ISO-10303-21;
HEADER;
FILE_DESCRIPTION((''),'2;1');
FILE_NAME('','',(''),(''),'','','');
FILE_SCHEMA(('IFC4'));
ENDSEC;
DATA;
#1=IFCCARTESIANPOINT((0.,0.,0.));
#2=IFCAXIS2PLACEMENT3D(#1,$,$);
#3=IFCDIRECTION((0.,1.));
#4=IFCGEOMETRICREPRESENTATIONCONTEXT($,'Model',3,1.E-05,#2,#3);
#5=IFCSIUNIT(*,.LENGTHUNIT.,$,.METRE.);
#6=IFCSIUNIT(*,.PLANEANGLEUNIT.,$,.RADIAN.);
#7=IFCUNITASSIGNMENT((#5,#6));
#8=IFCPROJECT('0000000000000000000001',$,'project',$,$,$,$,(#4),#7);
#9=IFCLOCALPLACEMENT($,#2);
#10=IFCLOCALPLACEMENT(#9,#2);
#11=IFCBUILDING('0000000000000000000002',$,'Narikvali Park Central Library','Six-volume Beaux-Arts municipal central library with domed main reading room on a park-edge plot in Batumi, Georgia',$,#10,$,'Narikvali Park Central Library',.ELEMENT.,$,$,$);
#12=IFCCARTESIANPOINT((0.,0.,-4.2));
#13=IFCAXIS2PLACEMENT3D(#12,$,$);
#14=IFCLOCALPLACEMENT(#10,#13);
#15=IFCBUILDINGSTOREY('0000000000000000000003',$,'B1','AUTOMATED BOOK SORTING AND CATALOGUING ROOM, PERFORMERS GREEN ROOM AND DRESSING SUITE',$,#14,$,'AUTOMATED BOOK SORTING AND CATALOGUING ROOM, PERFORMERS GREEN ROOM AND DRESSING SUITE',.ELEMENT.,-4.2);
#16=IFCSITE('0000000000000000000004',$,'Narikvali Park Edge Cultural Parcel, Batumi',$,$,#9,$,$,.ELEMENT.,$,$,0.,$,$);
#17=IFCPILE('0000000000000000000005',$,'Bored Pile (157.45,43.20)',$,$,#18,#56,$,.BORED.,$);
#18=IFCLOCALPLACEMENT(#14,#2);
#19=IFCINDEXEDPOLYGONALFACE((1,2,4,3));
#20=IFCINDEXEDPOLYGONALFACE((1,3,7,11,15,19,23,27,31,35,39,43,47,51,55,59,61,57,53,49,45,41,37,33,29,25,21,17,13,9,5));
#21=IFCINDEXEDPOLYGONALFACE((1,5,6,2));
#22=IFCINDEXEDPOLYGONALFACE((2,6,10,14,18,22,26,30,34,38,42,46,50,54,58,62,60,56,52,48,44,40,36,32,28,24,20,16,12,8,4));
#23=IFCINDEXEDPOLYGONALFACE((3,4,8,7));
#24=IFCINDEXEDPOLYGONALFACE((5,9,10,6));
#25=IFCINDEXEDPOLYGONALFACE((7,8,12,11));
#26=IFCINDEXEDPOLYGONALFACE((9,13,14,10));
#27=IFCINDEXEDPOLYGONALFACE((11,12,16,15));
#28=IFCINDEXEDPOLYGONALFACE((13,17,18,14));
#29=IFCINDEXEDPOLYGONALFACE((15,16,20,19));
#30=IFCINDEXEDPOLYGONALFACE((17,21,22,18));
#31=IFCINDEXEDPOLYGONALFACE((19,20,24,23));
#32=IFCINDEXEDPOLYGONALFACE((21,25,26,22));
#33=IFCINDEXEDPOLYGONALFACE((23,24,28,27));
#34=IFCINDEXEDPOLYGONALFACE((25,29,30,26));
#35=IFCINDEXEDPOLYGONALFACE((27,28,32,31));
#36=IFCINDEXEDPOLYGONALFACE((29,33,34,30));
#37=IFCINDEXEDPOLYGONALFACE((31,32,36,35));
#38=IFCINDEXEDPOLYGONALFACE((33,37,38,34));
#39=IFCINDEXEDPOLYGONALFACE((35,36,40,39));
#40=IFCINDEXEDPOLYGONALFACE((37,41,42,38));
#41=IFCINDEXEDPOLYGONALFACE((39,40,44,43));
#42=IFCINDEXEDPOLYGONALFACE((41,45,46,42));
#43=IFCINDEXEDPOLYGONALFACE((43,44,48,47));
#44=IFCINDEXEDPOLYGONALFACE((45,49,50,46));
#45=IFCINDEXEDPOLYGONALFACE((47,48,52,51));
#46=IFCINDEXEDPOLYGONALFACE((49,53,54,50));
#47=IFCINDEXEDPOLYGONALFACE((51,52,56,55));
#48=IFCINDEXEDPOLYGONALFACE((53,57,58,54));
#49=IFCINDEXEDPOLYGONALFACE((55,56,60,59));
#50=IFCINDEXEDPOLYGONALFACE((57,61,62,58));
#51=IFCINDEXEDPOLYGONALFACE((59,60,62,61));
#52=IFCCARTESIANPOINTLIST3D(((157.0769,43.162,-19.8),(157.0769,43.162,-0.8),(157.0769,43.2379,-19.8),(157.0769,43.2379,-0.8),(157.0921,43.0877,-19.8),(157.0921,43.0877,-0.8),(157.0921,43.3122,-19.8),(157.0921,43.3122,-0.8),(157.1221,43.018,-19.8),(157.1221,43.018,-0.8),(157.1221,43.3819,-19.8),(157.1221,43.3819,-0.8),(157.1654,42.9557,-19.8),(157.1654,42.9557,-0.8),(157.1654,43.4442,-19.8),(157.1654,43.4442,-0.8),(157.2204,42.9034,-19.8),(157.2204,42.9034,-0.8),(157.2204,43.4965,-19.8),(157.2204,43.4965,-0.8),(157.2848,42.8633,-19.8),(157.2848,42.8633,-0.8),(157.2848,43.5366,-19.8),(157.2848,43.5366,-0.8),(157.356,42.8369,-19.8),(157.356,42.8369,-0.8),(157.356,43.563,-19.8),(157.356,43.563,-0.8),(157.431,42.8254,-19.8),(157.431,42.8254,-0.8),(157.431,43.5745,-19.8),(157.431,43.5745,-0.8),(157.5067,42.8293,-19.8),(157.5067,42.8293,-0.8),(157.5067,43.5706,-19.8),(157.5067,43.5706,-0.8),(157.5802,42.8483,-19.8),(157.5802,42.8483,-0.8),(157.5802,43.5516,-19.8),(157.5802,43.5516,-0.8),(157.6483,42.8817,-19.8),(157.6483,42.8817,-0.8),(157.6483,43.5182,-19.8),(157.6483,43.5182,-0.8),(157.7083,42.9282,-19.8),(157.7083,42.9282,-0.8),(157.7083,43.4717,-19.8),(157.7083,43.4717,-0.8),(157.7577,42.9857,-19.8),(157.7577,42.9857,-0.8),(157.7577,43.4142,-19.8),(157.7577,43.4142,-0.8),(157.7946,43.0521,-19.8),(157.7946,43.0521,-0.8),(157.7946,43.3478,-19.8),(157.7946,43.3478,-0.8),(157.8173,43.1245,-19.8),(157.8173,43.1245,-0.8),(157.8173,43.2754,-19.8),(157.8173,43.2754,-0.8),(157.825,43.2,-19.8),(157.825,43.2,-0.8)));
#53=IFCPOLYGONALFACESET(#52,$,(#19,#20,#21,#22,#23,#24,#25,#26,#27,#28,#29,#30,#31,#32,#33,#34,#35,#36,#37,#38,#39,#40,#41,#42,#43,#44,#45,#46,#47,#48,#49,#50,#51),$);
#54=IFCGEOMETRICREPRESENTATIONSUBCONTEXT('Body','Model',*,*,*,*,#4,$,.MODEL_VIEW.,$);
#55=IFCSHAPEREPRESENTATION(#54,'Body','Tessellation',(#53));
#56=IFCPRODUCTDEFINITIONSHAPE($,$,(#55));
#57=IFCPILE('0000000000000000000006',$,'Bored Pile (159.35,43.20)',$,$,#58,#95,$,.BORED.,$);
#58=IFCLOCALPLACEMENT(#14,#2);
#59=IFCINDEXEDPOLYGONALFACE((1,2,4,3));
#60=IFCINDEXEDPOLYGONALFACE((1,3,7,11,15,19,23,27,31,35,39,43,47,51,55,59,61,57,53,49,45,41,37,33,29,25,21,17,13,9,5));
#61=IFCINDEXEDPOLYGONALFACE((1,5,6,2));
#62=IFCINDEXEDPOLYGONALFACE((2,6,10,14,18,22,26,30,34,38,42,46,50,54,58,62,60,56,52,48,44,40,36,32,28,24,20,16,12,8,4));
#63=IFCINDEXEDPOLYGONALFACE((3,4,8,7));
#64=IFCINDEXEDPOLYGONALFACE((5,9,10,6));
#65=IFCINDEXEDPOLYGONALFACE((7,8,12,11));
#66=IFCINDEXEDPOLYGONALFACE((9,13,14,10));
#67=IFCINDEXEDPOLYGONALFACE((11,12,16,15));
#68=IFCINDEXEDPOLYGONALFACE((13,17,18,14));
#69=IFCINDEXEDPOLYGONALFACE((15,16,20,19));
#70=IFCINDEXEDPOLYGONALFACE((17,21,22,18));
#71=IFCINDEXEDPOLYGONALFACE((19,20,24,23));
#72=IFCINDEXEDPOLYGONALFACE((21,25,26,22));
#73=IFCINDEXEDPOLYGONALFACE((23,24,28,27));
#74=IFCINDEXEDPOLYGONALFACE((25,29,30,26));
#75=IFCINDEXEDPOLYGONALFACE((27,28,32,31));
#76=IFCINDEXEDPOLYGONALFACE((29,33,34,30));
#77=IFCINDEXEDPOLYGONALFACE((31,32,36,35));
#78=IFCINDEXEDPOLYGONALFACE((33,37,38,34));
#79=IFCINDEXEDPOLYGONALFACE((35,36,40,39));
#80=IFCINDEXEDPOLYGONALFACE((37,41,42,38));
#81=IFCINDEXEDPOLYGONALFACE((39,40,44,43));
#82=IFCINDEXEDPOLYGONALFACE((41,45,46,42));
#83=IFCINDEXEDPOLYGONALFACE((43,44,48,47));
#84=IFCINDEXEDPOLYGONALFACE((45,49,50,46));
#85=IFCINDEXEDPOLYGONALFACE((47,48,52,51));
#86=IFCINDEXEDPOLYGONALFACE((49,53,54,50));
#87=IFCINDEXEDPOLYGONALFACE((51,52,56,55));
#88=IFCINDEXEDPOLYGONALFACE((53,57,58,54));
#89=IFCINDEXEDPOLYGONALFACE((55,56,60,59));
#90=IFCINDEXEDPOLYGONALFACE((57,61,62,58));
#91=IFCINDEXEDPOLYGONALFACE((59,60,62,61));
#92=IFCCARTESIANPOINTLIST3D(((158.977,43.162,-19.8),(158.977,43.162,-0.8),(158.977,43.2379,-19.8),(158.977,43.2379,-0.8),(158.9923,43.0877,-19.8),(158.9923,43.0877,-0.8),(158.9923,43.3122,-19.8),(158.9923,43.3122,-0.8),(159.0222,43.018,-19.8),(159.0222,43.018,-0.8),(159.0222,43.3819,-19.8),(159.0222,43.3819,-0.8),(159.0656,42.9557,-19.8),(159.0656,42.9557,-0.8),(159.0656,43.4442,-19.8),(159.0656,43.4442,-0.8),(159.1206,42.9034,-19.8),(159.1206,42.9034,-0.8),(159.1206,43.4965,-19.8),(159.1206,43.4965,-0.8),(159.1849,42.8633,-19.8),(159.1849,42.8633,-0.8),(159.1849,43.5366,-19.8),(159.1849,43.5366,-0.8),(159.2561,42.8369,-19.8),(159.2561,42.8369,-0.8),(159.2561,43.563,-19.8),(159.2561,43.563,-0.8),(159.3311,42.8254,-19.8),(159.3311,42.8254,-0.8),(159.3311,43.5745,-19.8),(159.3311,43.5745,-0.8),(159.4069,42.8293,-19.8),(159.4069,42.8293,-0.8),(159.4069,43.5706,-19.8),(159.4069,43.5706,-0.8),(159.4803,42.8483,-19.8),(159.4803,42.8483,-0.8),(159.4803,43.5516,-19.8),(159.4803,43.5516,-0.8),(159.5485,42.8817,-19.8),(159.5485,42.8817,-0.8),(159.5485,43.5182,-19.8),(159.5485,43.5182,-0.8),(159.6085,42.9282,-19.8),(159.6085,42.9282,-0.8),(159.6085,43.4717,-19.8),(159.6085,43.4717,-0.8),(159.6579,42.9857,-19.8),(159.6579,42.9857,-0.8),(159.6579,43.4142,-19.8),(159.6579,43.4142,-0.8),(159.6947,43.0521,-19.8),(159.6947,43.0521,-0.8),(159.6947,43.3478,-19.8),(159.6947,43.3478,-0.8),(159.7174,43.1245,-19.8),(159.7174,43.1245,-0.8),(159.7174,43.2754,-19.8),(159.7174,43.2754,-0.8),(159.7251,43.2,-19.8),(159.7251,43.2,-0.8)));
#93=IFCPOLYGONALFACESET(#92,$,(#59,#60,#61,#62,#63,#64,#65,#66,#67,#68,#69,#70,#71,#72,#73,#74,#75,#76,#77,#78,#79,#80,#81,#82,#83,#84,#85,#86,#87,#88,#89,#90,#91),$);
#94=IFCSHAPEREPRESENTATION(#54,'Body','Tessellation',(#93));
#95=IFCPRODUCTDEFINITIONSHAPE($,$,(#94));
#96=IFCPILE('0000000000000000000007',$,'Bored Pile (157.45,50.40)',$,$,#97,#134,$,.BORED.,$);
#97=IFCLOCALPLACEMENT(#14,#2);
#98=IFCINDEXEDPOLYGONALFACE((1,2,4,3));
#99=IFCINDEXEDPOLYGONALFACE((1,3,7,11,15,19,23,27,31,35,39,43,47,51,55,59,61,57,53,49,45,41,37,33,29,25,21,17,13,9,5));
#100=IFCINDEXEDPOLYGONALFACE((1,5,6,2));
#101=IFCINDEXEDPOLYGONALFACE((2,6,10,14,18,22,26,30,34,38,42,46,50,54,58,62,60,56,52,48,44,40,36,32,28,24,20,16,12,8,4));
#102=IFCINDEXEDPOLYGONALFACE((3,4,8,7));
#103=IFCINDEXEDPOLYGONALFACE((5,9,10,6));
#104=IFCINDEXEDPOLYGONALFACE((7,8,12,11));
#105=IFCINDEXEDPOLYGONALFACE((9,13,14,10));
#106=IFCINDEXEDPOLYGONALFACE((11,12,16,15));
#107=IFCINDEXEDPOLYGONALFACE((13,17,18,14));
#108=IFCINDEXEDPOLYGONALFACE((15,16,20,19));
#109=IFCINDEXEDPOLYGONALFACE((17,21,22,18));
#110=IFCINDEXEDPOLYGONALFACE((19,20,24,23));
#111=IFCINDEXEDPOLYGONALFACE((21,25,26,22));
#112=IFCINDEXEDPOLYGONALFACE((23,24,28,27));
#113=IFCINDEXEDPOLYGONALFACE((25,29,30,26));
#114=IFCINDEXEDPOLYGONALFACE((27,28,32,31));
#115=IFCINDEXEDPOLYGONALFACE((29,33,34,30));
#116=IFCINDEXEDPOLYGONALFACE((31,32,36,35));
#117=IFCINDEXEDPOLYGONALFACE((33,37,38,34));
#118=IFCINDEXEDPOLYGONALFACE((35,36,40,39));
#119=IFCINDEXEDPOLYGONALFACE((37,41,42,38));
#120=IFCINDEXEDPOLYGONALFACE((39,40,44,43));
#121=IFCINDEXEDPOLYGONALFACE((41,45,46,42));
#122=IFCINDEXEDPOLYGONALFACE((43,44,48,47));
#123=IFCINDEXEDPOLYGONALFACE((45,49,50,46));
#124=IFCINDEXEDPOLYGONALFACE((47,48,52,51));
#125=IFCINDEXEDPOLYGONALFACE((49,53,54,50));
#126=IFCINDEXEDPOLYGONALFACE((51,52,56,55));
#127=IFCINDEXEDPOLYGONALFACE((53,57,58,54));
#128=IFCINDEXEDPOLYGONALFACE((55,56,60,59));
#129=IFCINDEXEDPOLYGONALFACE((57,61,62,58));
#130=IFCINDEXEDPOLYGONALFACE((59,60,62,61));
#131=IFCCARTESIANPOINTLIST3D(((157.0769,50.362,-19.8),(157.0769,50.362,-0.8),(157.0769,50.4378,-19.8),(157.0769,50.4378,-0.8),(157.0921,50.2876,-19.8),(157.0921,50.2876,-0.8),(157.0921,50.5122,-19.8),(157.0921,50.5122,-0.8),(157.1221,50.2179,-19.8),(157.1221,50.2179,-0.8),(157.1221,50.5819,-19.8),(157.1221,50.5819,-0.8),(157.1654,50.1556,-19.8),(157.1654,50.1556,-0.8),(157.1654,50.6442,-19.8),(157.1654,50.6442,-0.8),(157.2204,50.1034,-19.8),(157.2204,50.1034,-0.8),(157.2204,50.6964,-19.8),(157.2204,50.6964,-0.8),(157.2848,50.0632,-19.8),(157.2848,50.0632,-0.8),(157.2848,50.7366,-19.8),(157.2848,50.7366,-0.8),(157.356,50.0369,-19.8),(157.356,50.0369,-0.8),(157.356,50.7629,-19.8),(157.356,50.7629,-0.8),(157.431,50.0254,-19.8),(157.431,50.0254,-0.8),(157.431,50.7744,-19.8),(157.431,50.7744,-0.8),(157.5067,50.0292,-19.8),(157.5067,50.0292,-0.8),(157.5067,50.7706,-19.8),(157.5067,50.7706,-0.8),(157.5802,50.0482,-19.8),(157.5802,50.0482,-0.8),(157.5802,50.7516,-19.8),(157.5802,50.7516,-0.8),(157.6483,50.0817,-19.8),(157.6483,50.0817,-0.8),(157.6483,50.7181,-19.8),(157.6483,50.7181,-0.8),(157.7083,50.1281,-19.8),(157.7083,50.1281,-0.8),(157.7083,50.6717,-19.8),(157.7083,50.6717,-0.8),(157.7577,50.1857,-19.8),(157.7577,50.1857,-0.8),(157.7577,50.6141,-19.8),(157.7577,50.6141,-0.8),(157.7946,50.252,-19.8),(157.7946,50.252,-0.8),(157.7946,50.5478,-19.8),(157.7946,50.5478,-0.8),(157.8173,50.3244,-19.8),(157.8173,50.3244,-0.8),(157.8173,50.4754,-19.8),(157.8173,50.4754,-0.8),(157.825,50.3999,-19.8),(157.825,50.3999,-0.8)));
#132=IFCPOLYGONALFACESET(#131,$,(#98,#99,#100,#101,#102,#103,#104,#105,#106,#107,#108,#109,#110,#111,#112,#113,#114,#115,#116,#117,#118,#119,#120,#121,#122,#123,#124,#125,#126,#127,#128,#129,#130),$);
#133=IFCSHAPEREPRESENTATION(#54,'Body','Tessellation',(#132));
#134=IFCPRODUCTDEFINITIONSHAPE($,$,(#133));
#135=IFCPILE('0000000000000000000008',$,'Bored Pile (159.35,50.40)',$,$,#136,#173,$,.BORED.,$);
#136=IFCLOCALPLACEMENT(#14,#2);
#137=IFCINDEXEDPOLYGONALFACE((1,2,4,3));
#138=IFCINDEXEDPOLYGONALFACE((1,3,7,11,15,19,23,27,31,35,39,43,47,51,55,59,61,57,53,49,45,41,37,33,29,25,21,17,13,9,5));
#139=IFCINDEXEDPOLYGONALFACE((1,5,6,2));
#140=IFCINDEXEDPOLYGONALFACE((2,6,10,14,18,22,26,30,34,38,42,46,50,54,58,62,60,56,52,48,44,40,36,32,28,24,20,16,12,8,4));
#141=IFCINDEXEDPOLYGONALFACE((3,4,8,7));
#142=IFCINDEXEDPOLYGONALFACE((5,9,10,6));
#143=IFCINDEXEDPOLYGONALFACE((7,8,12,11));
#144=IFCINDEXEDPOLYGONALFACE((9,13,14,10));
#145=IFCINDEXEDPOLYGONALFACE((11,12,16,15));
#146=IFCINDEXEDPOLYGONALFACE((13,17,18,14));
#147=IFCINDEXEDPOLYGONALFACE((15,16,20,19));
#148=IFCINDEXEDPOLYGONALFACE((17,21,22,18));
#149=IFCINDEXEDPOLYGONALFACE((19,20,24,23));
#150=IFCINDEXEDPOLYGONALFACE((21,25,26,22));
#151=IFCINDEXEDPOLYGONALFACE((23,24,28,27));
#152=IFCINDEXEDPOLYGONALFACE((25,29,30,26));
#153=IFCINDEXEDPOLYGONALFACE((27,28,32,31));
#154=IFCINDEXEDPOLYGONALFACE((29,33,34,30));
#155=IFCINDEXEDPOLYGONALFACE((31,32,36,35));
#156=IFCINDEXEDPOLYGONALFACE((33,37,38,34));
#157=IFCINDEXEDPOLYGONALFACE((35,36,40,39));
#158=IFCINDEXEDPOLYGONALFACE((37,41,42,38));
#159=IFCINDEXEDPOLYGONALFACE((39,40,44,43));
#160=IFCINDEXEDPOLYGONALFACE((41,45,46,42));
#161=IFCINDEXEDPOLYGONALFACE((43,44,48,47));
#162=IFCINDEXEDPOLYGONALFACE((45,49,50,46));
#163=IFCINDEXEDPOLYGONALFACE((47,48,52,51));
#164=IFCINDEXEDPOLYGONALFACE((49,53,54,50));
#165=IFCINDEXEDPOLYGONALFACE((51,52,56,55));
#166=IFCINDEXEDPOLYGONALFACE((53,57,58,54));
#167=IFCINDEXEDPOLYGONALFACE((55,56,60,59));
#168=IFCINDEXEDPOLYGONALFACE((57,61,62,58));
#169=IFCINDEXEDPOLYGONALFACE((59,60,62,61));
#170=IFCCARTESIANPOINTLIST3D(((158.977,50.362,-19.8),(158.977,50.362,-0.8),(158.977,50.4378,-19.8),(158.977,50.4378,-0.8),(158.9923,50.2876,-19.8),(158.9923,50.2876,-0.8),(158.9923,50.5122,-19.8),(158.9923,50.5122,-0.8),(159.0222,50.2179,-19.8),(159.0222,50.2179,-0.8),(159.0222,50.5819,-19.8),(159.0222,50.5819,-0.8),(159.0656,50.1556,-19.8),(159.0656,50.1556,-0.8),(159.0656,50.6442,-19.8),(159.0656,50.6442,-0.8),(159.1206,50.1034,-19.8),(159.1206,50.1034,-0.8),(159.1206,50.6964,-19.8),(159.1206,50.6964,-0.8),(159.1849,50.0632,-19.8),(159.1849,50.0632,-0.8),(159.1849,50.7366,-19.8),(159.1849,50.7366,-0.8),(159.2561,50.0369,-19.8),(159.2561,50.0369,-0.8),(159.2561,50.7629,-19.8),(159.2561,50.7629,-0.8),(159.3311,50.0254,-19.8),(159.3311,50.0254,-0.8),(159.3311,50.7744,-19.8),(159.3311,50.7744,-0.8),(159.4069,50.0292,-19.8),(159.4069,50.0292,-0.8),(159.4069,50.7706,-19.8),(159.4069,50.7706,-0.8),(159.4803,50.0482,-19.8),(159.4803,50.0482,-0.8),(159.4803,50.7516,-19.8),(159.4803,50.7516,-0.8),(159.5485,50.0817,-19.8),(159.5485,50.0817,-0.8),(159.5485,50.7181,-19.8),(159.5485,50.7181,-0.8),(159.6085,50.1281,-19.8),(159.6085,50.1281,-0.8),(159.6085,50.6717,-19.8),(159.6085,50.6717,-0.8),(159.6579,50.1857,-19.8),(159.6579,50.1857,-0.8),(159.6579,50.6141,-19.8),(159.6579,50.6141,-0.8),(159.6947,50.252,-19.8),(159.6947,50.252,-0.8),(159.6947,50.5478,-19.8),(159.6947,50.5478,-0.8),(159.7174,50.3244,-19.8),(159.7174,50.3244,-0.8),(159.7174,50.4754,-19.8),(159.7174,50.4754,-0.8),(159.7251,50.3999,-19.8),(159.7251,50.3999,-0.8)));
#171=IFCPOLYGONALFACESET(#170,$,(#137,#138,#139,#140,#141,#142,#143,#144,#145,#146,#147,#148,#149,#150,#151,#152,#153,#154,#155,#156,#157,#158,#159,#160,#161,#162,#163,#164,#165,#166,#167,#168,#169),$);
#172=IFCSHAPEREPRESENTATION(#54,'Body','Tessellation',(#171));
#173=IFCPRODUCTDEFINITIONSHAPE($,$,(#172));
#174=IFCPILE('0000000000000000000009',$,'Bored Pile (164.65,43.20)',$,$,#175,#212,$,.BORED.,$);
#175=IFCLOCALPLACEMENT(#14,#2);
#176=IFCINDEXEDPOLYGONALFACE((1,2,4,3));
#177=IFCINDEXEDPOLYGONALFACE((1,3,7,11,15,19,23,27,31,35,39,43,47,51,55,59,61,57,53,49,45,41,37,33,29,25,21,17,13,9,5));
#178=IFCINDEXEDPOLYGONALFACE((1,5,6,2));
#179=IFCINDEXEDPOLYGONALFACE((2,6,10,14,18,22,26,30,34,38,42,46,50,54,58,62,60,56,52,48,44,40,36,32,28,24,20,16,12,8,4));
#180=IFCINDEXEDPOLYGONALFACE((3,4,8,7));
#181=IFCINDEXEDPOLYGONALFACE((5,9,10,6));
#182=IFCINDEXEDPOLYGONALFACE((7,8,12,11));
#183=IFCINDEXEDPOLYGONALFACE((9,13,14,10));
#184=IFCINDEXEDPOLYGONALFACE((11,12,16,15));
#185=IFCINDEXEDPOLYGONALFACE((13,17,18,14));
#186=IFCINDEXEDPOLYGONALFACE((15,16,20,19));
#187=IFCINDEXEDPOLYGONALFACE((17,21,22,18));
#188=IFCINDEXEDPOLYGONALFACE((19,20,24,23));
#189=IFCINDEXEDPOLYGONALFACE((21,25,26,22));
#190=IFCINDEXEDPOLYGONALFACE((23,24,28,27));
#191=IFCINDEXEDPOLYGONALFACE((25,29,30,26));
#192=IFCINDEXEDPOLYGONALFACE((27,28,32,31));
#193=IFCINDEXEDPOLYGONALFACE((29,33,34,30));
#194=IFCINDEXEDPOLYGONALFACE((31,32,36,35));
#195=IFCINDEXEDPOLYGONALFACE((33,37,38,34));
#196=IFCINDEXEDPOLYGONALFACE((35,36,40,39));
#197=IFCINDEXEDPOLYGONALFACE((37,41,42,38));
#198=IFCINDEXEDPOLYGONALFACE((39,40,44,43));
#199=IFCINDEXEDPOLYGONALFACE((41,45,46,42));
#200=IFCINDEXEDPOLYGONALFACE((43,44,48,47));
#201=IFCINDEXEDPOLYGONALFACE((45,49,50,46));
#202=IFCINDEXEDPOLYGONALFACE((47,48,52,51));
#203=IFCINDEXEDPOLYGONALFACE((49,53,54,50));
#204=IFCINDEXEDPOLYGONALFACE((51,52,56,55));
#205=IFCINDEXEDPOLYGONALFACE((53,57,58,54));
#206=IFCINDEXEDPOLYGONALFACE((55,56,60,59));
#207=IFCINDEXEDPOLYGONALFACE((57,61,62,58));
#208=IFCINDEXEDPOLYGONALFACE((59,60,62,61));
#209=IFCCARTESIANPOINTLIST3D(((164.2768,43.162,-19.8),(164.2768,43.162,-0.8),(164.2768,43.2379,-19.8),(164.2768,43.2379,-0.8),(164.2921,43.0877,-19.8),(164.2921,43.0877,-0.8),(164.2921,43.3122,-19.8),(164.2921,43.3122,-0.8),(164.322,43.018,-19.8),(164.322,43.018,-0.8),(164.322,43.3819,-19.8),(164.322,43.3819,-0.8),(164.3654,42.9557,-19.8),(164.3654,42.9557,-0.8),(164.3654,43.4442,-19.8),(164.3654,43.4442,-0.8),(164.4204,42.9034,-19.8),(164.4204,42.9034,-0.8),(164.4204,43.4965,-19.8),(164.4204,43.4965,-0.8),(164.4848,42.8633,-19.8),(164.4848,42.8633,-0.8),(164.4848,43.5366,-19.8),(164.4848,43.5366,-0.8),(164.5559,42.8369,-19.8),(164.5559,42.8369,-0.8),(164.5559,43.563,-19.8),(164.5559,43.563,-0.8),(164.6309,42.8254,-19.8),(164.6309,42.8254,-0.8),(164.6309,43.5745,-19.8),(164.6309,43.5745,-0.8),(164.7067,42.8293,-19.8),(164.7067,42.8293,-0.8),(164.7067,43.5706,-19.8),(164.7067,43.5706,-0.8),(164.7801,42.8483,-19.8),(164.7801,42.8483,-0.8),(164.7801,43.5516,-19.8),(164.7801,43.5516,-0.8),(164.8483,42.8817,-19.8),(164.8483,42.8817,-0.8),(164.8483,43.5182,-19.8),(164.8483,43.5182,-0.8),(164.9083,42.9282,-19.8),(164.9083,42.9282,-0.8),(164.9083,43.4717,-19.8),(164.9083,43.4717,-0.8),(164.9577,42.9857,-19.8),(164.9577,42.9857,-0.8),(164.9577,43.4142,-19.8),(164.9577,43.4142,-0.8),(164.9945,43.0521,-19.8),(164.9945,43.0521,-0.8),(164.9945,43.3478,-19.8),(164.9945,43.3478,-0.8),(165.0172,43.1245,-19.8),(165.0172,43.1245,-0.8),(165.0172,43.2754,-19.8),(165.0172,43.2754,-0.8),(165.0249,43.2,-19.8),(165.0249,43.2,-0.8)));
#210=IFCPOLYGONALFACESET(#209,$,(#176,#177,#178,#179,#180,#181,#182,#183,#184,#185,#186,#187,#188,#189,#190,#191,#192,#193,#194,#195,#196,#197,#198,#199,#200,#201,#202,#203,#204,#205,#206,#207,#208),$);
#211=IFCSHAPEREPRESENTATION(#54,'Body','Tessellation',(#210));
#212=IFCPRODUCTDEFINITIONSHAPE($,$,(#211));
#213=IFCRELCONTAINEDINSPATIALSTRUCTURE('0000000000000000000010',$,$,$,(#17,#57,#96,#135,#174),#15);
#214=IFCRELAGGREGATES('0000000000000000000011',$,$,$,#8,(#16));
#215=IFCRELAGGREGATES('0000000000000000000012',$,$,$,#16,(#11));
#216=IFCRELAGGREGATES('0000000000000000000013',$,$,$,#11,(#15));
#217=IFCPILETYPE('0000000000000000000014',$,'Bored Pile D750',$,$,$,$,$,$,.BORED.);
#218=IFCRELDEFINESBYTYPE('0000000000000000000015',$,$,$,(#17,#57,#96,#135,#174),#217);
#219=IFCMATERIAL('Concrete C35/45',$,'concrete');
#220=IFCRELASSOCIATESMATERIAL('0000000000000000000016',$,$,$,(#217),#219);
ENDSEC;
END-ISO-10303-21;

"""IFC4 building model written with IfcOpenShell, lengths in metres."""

from ifc_helpers import new_model, si_unit, direction, frame, origin, origin_2d, place, context, subcontext, project, spatial, circle, extrude, material, material_profile, profile_set, type_object, element, save


model = new_model("IFC4")

# Units and contexts
model_context = context("Model", 3, precision=1e-05, world=origin(), true_north=direction((0.0, 1.0)))
body_context = subcontext(model_context, "Body", "Model", "MODEL_VIEW")
ifc_project = project(units=[si_unit("LENGTHUNIT", "METRE"), si_unit("PLANEANGLEUNIT", "RADIAN")], contexts=[model_context])

# Site, building, storey
site_placement = place(None, origin())
site = spatial("IfcSite", under=ifc_project, at=site_placement, Name="Narikvali Park Edge Cultural Parcel, Batumi", CompositionType="ELEMENT", RefElevation=0.0)
building_placement = place(site_placement, origin())
building = spatial("IfcBuilding", under=site, at=building_placement, Name="Narikvali Park Central Library", Description="Six-volume Beaux-Arts municipal central library with domed main reading room on a park-edge plot in Batumi, Georgia", LongName="Narikvali Park Central Library", CompositionType="ELEMENT")
storey_placement = place(building_placement, frame((0.0, 0.0, -4.2)))
storey = spatial("IfcBuildingStorey", under=building, at=storey_placement, Name="B1", Description="AUTOMATED BOOK SORTING AND CATALOGUING ROOM, PERFORMERS GREEN ROOM AND DRESSING SUITE", LongName="AUTOMATED BOOK SORTING AND CATALOGUING ROOM, PERFORMERS GREEN ROOM AND DRESSING SUITE", CompositionType="ELEMENT", Elevation=-4.2)

# Piles
ifc_material_1 = material(Name="Concrete C35/45", Category="concrete")
ifc_material_profile_1 = material_profile(ifc_material_1, circle(Radius=0.375, at=origin_2d()), Name="PILE D750")
ifc_profile_set_1 = profile_set([ifc_material_profile_1], Name="Concrete C35/45")
pile_type = type_object("IfcPileType", Name="Bored Pile D750", PredefinedType="BORED", material=ifc_profile_set_1)
for number, where, z_axis, x_axis, name in (
    (1, (157.45, 43.2, -0.8), (0.0, 0.0, -1.0), (1.0, 0.0, 0.0), "Bored Pile (157.45,43.20)"),
    (2, (159.3501, 43.2, -0.8), (0.0, 0.0, -1.0), (1.0, 0.0, 0.0), "Bored Pile (159.35,43.20)"),
    (3, (157.45, 50.3999, -0.8), (0.0, 0.0, -1.0), (1.0, 0.0, 0.0), "Bored Pile (157.45,50.40)"),
    (4, (159.3501, 50.3999, -0.8), (0.0, 0.0, -1.0), (1.0, 0.0, 0.0), "Bored Pile (159.35,50.40)"),
    (5, (164.6499, 43.2, -0.8), (0.0, 0.0, -1.0), (1.0, 0.0, 0.0), "Bored Pile (164.65,43.20)"),
):
    element("IfcPile", number, at=place(storey_placement, frame(where, z_axis=z_axis, x_axis=x_axis)), inside=storey, type_object=pile_type, Name=name, PredefinedType="BORED", context=body_context, shape_type="SweptSolid", body=[
        extrude(circle(Radius=0.375, at=origin_2d()), origin(), (0.0, 0.0, 1.0), 19.0),
    ])

save(model, "model.ifc")
